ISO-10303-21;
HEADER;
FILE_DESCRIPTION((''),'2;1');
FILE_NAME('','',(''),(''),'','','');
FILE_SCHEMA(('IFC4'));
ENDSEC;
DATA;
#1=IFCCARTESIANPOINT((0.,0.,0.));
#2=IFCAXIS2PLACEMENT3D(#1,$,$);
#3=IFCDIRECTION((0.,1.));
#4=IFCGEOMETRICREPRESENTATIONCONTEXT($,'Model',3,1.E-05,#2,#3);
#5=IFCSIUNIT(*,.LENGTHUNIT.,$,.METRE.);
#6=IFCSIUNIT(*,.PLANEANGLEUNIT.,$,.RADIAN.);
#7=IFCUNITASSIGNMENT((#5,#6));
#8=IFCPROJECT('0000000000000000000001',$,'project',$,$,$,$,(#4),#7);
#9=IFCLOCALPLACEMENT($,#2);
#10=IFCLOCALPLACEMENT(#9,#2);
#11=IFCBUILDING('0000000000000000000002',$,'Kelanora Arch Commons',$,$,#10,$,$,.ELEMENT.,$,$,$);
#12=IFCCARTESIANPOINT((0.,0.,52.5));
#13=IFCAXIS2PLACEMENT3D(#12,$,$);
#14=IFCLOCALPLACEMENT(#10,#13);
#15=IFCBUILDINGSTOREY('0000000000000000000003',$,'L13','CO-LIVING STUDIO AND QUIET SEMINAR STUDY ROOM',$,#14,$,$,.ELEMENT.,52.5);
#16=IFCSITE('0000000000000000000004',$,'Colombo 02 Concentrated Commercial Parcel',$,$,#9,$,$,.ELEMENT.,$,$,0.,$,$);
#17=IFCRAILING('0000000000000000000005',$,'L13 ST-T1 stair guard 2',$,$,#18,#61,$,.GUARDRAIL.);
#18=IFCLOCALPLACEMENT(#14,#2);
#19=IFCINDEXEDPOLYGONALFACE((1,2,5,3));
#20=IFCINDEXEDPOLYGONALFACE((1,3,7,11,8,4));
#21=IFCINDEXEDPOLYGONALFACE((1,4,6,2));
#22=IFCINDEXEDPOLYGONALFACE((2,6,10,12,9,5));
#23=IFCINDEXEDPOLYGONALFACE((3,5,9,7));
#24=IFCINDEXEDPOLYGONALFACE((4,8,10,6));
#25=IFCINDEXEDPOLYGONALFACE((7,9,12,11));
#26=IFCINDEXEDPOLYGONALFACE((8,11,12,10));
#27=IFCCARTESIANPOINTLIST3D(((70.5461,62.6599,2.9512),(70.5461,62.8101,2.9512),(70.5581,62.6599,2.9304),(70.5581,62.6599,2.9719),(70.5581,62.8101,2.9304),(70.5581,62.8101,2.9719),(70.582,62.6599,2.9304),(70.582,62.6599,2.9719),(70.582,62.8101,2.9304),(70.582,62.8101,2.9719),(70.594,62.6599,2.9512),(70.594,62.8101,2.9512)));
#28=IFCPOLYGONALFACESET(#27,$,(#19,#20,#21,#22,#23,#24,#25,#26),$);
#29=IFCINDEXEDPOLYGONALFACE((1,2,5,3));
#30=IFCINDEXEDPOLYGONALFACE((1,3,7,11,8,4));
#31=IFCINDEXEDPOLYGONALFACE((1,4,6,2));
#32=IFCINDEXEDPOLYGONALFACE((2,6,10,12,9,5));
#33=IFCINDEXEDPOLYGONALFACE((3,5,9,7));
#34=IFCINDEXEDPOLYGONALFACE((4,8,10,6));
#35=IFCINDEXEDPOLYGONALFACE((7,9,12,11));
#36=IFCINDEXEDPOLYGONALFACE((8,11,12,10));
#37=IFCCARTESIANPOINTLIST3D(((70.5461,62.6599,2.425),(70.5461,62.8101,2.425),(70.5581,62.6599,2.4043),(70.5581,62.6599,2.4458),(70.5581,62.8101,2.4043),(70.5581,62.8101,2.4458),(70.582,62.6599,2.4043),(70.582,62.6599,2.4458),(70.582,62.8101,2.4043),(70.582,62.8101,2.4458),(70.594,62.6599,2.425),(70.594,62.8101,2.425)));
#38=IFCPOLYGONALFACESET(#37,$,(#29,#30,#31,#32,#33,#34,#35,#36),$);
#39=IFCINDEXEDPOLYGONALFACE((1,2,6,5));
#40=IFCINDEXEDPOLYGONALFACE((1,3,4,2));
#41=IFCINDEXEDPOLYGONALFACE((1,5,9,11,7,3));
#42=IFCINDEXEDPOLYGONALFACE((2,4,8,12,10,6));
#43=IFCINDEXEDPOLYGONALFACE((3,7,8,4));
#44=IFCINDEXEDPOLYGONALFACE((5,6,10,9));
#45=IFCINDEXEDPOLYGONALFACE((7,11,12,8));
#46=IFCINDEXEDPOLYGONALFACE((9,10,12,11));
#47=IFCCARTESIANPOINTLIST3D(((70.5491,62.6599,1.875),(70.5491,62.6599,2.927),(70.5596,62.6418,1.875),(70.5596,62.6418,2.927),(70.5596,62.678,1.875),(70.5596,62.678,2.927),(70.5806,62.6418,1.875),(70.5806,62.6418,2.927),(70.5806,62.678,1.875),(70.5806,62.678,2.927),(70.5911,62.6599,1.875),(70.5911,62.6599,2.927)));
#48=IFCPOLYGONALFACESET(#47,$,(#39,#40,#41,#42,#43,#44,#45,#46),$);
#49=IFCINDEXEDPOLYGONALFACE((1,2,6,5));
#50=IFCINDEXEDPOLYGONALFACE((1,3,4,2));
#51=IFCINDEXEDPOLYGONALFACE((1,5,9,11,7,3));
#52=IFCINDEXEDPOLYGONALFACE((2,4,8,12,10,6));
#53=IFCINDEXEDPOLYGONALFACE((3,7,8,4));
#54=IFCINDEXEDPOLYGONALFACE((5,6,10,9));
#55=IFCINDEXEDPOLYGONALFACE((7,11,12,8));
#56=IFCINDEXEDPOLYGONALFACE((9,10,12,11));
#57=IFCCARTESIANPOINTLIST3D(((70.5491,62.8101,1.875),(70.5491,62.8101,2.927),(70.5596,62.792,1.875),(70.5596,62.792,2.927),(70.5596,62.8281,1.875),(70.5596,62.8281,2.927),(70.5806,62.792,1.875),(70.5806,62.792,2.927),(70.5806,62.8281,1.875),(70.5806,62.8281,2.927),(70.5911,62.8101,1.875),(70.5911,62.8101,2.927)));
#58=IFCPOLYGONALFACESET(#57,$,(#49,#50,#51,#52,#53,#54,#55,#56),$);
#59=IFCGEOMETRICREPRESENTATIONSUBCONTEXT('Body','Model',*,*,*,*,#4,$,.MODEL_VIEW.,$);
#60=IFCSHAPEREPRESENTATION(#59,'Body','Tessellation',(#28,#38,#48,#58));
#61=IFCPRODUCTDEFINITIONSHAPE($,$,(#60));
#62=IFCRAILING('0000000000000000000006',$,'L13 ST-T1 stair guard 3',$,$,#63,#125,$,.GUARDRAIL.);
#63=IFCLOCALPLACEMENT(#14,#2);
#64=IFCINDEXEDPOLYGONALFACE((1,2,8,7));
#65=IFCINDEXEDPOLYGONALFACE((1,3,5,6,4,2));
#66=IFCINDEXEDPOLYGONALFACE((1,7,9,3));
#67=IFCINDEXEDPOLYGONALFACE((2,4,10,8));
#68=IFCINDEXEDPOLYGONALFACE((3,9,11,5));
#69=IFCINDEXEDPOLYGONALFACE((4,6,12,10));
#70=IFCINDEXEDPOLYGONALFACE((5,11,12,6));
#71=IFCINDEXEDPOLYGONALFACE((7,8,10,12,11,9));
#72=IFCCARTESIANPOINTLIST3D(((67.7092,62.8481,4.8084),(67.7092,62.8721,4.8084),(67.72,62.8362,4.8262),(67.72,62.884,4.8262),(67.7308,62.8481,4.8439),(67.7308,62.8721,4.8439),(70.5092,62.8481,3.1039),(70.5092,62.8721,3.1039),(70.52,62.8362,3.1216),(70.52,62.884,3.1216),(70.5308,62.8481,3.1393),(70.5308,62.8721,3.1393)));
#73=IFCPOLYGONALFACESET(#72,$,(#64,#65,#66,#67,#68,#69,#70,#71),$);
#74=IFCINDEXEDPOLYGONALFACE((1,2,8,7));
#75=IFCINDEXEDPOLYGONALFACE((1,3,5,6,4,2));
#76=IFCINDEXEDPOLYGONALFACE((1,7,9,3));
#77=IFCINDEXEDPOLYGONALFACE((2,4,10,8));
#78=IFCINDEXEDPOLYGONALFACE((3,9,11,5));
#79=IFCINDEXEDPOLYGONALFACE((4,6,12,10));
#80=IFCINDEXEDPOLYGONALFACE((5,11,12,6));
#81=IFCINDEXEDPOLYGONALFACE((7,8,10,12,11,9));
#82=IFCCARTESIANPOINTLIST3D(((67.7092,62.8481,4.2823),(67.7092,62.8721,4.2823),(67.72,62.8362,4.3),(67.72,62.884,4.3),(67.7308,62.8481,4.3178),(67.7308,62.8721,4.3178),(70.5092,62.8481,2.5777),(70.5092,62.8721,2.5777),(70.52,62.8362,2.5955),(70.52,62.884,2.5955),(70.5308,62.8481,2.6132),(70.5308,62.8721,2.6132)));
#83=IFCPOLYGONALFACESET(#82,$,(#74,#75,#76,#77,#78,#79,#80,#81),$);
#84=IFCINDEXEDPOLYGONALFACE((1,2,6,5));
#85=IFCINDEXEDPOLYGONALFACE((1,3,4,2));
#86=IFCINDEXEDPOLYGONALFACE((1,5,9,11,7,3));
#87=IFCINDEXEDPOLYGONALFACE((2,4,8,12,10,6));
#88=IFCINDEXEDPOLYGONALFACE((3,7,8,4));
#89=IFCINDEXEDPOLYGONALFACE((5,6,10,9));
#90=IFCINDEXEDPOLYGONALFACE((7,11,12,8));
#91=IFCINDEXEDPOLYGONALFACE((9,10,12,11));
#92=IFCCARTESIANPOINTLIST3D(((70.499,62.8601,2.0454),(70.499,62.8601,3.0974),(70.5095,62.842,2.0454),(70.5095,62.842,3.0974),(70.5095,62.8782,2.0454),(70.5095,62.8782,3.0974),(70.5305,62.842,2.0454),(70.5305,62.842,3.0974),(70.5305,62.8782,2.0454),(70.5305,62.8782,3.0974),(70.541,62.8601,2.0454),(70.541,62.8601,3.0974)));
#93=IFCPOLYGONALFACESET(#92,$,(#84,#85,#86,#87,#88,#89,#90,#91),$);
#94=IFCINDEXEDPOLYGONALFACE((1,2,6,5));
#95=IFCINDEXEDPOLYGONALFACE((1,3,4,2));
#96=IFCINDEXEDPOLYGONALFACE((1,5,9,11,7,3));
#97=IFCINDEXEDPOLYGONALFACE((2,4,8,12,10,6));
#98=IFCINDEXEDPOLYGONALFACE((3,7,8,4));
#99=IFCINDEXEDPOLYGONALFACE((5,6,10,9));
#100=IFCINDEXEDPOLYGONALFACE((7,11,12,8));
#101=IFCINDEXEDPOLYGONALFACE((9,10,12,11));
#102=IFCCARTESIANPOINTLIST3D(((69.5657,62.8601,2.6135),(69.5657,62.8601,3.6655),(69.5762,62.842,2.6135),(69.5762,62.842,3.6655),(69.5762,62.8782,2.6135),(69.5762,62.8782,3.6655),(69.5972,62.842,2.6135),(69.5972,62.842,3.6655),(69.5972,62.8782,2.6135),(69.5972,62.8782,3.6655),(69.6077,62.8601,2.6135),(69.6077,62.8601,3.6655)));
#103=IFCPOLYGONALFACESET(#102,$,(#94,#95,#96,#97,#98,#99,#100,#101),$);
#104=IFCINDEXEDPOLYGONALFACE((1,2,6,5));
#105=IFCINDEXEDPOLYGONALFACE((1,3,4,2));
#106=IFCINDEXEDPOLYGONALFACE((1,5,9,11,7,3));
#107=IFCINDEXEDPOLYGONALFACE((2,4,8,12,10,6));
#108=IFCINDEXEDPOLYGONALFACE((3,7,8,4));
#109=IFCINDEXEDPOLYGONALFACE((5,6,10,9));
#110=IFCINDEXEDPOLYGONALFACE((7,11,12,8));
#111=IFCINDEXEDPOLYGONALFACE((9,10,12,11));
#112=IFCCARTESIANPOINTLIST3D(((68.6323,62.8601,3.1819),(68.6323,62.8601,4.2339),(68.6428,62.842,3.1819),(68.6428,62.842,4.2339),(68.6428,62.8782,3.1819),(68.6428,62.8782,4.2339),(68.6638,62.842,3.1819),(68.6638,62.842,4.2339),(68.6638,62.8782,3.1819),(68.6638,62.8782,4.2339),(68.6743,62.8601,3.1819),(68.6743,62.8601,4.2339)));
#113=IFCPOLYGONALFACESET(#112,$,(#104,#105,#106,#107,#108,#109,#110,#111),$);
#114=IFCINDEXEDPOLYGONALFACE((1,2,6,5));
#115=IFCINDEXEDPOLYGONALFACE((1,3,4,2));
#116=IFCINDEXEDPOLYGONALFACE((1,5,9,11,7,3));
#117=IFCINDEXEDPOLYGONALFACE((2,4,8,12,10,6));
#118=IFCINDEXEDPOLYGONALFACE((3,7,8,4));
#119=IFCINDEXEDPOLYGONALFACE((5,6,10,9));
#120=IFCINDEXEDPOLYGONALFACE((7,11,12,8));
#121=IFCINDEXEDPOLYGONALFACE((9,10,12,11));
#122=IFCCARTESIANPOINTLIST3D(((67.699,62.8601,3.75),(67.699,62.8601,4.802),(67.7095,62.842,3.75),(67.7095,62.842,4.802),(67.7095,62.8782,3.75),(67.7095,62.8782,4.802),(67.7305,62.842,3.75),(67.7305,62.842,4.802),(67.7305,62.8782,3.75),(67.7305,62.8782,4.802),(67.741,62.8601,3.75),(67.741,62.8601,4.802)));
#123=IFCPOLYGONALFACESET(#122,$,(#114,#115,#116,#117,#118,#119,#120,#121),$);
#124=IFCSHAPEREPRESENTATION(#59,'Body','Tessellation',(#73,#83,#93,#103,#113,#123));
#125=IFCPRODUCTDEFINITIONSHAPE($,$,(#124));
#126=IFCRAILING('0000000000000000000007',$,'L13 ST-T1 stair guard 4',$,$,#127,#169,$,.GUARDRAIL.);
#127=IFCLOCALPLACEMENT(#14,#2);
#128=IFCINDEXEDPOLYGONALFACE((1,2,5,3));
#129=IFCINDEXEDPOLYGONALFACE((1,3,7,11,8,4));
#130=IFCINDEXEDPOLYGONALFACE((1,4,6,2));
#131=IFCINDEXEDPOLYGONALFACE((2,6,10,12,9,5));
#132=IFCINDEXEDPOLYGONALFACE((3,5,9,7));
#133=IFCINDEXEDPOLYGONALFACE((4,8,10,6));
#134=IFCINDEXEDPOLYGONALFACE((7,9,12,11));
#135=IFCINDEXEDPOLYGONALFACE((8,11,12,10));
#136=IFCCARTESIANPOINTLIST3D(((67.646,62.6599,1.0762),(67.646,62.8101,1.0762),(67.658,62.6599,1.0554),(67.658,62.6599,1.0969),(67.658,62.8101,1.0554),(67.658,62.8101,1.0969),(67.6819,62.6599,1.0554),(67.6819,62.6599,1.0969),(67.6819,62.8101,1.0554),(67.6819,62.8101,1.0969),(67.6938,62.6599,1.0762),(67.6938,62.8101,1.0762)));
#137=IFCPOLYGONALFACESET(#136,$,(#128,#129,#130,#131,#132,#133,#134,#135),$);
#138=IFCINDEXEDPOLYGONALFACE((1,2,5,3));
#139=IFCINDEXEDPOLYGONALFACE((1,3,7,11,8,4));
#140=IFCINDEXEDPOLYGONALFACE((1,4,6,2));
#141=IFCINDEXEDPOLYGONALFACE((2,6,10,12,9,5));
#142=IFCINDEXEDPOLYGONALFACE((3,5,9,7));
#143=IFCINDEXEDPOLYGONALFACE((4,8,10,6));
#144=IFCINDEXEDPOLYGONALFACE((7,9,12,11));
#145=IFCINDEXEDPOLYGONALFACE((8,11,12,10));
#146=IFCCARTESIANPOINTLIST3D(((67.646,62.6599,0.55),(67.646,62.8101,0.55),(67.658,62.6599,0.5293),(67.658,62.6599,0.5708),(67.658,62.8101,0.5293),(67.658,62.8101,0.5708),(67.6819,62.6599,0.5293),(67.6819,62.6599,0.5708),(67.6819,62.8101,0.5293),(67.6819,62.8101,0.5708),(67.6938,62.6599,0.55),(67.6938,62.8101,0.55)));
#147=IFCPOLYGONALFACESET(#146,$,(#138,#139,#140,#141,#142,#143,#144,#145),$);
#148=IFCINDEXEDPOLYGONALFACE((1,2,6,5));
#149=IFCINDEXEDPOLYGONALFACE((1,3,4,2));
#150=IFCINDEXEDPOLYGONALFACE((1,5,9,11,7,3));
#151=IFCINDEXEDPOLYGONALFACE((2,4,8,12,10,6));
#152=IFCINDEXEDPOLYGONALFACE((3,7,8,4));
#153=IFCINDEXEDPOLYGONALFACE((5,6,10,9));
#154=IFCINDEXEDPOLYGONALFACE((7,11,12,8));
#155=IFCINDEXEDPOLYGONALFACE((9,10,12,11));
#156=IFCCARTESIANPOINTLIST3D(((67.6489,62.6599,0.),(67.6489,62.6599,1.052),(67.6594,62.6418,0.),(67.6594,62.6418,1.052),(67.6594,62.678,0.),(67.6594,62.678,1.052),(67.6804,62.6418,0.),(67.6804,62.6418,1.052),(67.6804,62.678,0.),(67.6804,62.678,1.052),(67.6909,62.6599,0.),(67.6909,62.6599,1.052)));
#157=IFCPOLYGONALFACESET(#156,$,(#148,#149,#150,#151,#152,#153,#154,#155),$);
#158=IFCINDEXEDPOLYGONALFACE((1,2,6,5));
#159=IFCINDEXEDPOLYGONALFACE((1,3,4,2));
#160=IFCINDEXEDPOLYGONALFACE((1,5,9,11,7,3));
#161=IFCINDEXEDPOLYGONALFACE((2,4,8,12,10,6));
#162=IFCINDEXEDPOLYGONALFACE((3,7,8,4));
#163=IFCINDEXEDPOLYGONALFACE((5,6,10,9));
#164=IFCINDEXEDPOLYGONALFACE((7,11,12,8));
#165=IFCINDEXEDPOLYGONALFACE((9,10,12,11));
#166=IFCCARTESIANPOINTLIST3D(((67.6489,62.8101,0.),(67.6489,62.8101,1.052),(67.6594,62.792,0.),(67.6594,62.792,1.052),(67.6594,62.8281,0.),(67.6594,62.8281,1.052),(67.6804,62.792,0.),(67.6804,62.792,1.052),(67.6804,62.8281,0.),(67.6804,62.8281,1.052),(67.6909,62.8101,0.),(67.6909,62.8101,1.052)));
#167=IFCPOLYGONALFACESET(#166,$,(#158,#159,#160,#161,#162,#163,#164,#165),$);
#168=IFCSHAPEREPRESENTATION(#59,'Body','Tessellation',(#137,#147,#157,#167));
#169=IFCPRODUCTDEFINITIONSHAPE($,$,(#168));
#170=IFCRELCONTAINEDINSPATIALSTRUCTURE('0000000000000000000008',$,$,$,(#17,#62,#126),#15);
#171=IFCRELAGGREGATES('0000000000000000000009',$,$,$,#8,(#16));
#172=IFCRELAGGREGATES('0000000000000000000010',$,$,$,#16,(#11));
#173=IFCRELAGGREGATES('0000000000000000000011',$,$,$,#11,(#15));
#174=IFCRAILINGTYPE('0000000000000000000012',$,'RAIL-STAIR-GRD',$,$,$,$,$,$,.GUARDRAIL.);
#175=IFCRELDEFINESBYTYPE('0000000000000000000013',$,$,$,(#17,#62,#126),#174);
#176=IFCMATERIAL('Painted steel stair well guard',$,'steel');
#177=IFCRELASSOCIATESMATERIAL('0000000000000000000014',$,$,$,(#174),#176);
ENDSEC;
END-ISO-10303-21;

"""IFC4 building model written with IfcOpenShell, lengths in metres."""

from ifc_helpers import new_model, si_unit, direction, frame, origin, place, context, subcontext, project, spatial, polyline, outline, extrude, material, type_object, element, save


model = new_model("IFC4")

# Units and contexts
model_context = context("Model", 3, precision=1e-05, world=origin(), true_north=direction((0.0, 1.0)))
body_context = subcontext(model_context, "Body", "Model", "MODEL_VIEW")
ifc_project = project(units=[si_unit("LENGTHUNIT", "METRE"), si_unit("PLANEANGLEUNIT", "RADIAN")], contexts=[model_context])

# Site, building, storey
site_placement = place(None, origin())
site = spatial("IfcSite", under=ifc_project, at=site_placement, Name="Colombo 02 Concentrated Commercial Parcel", CompositionType="ELEMENT", RefElevation=0.0)
building_placement = place(site_placement, origin())
building = spatial("IfcBuilding", under=site, at=building_placement, Name="Kelanora Arch Commons", CompositionType="ELEMENT")
storey_placement = place(building_placement, frame((0.0, 0.0, 52.5)))
storey = spatial("IfcBuildingStorey", under=building, at=storey_placement, Name="L13", Description="CO-LIVING STUDIO AND QUIET SEMINAR STUDY ROOM", CompositionType="ELEMENT", Elevation=52.5)

# Railings
ifc_material_1 = material(Name="Painted steel stair well guard", Category="steel")
railing_type_1 = type_object("IfcRailingType", Name="RAIL-STAIR-GRD", PredefinedType="GUARDRAIL", material=ifc_material_1)
railing_1_placement = place(storey_placement, frame((70.5701, 62.6599, 1.875)))
element("IfcRailing", 1, at=railing_1_placement, inside=storey, type_object=railing_type_1, Name="L13 ST-T1 stair guard 2", PredefinedType="GUARDRAIL", context=body_context, shape_type="SweptSolid", body=[
    extrude(outline(polyline([(0.0239, 0.0), (0.012, 0.0208), (-0.012, 0.0208), (-0.0239, 0.0), (-0.012, -0.0208), (0.012, -0.0208), (0.0239, 0.0)])), frame((0.0, 0.0, 1.0762), z_axis=(0.0, 1.0, 0.0), x_axis=(-1.0, 0.0, 0.0)), (0.0, 0.0, 1.0), 0.1501),
    extrude(outline(polyline([(0.0239, 0.0), (0.012, 0.0208), (-0.012, 0.0208), (-0.0239, 0.0), (-0.012, -0.0208), (0.012, -0.0208), (0.0239, 0.0)])), frame((0.0, 0.0, 0.55), z_axis=(0.0, 1.0, 0.0), x_axis=(-1.0, 0.0, 0.0)), (0.0, 0.0, 1.0), 0.1501),
    extrude(outline(polyline([(0.021, 0.0), (0.0105, 0.0181), (-0.0105, 0.0181), (-0.021, 0.0), (-0.0105, -0.0181), (0.0105, -0.0181), (0.021, 0.0)])), origin(), (0.0, 0.0, 1.0), 1.052),
    extrude(outline(polyline([(0.021, 0.0), (0.0105, 0.0181), (-0.0105, 0.0181), (-0.021, 0.0), (-0.0105, -0.0181), (0.0105, -0.0181), (0.021, 0.0)])), frame((0.0, 0.1501, 0.0)), (0.0, 0.0, 1.0), 1.052),
])
railing_2_placement = place(storey_placement, frame((70.52, 62.8601, 2.0454)))
element("IfcRailing", 2, at=railing_2_placement, inside=storey, type_object=railing_type_1, Name="L13 ST-T1 stair guard 3", PredefinedType="GUARDRAIL", context=body_context, shape_type="SweptSolid", body=[
    extrude(outline(polyline([(0.0239, 0.0), (0.012, 0.0208), (-0.012, 0.0208), (-0.0239, 0.0), (-0.012, -0.0208), (0.012, -0.0208), (0.0239, 0.0)])), frame((0.0, 0.0, 1.0762), z_axis=(-0.85417, 0.0, 0.519994), x_axis=(0.0, -1.0, 0.0)), (0.0, 0.0, 1.0), 3.2781),
    extrude(outline(polyline([(0.0239, 0.0), (0.012, 0.0208), (-0.012, 0.0208), (-0.0239, 0.0), (-0.012, -0.0208), (0.012, -0.0208), (0.0239, 0.0)])), frame((0.0, 0.0, 0.55), z_axis=(-0.85417, 0.0, 0.519994), x_axis=(0.0, -1.0, 0.0)), (0.0, 0.0, 1.0), 3.2781),
    extrude(outline(polyline([(0.021, 0.0), (0.0105, 0.0181), (-0.0105, 0.0181), (-0.021, 0.0), (-0.0105, -0.0181), (0.0105, -0.0181), (0.021, 0.0)])), origin(), (0.0, 0.0, 1.0), 1.052),
    extrude(outline(polyline([(0.021, 0.0), (0.0105, 0.0181), (-0.0105, 0.0181), (-0.021, 0.0), (-0.0105, -0.0181), (0.0105, -0.0181), (0.021, 0.0)])), frame((-0.9333, 0.0, 0.5681)), (0.0, 0.0, 1.0), 1.052),
    extrude(outline(polyline([(0.021, 0.0), (0.0105, 0.0181), (-0.0105, 0.0181), (-0.021, 0.0), (-0.0105, -0.0181), (0.0105, -0.0181), (0.021, 0.0)])), frame((-1.8667, 0.0, 1.1365)), (0.0, 0.0, 1.0), 1.052),
    extrude(outline(polyline([(0.021, 0.0), (0.0105, 0.0181), (-0.0105, 0.0181), (-0.021, 0.0), (-0.0105, -0.0181), (0.0105, -0.0181), (0.021, 0.0)])), frame((-2.8, 0.0, 1.7046)), (0.0, 0.0, 1.0), 1.052),
])
railing_3_placement = place(storey_placement, frame((67.6699, 62.6599, 0.0)))
element("IfcRailing", 3, at=railing_3_placement, inside=storey, type_object=railing_type_1, Name="L13 ST-T1 stair guard 4", PredefinedType="GUARDRAIL", context=body_context, shape_type="SweptSolid", body=[
    extrude(outline(polyline([(0.0239, 0.0), (0.012, 0.0208), (-0.012, 0.0208), (-0.0239, 0.0), (-0.012, -0.0208), (0.012, -0.0208), (0.0239, 0.0)])), frame((0.0, 0.0, 1.0762), z_axis=(0.0, 1.0, 0.0), x_axis=(-1.0, 0.0, 0.0)), (0.0, 0.0, 1.0), 0.1501),
    extrude(outline(polyline([(0.0239, 0.0), (0.012, 0.0208), (-0.012, 0.0208), (-0.0239, 0.0), (-0.012, -0.0208), (0.012, -0.0208), (0.0239, 0.0)])), frame((0.0, 0.0, 0.55), z_axis=(0.0, 1.0, 0.0), x_axis=(-1.0, 0.0, 0.0)), (0.0, 0.0, 1.0), 0.1501),
    extrude(outline(polyline([(0.021, 0.0), (0.0105, 0.0181), (-0.0105, 0.0181), (-0.021, 0.0), (-0.0105, -0.0181), (0.0105, -0.0181), (0.021, 0.0)])), origin(), (0.0, 0.0, 1.0), 1.052),
    extrude(outline(polyline([(0.021, 0.0), (0.0105, 0.0181), (-0.0105, 0.0181), (-0.021, 0.0), (-0.0105, -0.0181), (0.0105, -0.0181), (0.021, 0.0)])), frame((0.0, 0.1501, 0.0)), (0.0, 0.0, 1.0), 1.052),
])

save(model, "model.ifc")
